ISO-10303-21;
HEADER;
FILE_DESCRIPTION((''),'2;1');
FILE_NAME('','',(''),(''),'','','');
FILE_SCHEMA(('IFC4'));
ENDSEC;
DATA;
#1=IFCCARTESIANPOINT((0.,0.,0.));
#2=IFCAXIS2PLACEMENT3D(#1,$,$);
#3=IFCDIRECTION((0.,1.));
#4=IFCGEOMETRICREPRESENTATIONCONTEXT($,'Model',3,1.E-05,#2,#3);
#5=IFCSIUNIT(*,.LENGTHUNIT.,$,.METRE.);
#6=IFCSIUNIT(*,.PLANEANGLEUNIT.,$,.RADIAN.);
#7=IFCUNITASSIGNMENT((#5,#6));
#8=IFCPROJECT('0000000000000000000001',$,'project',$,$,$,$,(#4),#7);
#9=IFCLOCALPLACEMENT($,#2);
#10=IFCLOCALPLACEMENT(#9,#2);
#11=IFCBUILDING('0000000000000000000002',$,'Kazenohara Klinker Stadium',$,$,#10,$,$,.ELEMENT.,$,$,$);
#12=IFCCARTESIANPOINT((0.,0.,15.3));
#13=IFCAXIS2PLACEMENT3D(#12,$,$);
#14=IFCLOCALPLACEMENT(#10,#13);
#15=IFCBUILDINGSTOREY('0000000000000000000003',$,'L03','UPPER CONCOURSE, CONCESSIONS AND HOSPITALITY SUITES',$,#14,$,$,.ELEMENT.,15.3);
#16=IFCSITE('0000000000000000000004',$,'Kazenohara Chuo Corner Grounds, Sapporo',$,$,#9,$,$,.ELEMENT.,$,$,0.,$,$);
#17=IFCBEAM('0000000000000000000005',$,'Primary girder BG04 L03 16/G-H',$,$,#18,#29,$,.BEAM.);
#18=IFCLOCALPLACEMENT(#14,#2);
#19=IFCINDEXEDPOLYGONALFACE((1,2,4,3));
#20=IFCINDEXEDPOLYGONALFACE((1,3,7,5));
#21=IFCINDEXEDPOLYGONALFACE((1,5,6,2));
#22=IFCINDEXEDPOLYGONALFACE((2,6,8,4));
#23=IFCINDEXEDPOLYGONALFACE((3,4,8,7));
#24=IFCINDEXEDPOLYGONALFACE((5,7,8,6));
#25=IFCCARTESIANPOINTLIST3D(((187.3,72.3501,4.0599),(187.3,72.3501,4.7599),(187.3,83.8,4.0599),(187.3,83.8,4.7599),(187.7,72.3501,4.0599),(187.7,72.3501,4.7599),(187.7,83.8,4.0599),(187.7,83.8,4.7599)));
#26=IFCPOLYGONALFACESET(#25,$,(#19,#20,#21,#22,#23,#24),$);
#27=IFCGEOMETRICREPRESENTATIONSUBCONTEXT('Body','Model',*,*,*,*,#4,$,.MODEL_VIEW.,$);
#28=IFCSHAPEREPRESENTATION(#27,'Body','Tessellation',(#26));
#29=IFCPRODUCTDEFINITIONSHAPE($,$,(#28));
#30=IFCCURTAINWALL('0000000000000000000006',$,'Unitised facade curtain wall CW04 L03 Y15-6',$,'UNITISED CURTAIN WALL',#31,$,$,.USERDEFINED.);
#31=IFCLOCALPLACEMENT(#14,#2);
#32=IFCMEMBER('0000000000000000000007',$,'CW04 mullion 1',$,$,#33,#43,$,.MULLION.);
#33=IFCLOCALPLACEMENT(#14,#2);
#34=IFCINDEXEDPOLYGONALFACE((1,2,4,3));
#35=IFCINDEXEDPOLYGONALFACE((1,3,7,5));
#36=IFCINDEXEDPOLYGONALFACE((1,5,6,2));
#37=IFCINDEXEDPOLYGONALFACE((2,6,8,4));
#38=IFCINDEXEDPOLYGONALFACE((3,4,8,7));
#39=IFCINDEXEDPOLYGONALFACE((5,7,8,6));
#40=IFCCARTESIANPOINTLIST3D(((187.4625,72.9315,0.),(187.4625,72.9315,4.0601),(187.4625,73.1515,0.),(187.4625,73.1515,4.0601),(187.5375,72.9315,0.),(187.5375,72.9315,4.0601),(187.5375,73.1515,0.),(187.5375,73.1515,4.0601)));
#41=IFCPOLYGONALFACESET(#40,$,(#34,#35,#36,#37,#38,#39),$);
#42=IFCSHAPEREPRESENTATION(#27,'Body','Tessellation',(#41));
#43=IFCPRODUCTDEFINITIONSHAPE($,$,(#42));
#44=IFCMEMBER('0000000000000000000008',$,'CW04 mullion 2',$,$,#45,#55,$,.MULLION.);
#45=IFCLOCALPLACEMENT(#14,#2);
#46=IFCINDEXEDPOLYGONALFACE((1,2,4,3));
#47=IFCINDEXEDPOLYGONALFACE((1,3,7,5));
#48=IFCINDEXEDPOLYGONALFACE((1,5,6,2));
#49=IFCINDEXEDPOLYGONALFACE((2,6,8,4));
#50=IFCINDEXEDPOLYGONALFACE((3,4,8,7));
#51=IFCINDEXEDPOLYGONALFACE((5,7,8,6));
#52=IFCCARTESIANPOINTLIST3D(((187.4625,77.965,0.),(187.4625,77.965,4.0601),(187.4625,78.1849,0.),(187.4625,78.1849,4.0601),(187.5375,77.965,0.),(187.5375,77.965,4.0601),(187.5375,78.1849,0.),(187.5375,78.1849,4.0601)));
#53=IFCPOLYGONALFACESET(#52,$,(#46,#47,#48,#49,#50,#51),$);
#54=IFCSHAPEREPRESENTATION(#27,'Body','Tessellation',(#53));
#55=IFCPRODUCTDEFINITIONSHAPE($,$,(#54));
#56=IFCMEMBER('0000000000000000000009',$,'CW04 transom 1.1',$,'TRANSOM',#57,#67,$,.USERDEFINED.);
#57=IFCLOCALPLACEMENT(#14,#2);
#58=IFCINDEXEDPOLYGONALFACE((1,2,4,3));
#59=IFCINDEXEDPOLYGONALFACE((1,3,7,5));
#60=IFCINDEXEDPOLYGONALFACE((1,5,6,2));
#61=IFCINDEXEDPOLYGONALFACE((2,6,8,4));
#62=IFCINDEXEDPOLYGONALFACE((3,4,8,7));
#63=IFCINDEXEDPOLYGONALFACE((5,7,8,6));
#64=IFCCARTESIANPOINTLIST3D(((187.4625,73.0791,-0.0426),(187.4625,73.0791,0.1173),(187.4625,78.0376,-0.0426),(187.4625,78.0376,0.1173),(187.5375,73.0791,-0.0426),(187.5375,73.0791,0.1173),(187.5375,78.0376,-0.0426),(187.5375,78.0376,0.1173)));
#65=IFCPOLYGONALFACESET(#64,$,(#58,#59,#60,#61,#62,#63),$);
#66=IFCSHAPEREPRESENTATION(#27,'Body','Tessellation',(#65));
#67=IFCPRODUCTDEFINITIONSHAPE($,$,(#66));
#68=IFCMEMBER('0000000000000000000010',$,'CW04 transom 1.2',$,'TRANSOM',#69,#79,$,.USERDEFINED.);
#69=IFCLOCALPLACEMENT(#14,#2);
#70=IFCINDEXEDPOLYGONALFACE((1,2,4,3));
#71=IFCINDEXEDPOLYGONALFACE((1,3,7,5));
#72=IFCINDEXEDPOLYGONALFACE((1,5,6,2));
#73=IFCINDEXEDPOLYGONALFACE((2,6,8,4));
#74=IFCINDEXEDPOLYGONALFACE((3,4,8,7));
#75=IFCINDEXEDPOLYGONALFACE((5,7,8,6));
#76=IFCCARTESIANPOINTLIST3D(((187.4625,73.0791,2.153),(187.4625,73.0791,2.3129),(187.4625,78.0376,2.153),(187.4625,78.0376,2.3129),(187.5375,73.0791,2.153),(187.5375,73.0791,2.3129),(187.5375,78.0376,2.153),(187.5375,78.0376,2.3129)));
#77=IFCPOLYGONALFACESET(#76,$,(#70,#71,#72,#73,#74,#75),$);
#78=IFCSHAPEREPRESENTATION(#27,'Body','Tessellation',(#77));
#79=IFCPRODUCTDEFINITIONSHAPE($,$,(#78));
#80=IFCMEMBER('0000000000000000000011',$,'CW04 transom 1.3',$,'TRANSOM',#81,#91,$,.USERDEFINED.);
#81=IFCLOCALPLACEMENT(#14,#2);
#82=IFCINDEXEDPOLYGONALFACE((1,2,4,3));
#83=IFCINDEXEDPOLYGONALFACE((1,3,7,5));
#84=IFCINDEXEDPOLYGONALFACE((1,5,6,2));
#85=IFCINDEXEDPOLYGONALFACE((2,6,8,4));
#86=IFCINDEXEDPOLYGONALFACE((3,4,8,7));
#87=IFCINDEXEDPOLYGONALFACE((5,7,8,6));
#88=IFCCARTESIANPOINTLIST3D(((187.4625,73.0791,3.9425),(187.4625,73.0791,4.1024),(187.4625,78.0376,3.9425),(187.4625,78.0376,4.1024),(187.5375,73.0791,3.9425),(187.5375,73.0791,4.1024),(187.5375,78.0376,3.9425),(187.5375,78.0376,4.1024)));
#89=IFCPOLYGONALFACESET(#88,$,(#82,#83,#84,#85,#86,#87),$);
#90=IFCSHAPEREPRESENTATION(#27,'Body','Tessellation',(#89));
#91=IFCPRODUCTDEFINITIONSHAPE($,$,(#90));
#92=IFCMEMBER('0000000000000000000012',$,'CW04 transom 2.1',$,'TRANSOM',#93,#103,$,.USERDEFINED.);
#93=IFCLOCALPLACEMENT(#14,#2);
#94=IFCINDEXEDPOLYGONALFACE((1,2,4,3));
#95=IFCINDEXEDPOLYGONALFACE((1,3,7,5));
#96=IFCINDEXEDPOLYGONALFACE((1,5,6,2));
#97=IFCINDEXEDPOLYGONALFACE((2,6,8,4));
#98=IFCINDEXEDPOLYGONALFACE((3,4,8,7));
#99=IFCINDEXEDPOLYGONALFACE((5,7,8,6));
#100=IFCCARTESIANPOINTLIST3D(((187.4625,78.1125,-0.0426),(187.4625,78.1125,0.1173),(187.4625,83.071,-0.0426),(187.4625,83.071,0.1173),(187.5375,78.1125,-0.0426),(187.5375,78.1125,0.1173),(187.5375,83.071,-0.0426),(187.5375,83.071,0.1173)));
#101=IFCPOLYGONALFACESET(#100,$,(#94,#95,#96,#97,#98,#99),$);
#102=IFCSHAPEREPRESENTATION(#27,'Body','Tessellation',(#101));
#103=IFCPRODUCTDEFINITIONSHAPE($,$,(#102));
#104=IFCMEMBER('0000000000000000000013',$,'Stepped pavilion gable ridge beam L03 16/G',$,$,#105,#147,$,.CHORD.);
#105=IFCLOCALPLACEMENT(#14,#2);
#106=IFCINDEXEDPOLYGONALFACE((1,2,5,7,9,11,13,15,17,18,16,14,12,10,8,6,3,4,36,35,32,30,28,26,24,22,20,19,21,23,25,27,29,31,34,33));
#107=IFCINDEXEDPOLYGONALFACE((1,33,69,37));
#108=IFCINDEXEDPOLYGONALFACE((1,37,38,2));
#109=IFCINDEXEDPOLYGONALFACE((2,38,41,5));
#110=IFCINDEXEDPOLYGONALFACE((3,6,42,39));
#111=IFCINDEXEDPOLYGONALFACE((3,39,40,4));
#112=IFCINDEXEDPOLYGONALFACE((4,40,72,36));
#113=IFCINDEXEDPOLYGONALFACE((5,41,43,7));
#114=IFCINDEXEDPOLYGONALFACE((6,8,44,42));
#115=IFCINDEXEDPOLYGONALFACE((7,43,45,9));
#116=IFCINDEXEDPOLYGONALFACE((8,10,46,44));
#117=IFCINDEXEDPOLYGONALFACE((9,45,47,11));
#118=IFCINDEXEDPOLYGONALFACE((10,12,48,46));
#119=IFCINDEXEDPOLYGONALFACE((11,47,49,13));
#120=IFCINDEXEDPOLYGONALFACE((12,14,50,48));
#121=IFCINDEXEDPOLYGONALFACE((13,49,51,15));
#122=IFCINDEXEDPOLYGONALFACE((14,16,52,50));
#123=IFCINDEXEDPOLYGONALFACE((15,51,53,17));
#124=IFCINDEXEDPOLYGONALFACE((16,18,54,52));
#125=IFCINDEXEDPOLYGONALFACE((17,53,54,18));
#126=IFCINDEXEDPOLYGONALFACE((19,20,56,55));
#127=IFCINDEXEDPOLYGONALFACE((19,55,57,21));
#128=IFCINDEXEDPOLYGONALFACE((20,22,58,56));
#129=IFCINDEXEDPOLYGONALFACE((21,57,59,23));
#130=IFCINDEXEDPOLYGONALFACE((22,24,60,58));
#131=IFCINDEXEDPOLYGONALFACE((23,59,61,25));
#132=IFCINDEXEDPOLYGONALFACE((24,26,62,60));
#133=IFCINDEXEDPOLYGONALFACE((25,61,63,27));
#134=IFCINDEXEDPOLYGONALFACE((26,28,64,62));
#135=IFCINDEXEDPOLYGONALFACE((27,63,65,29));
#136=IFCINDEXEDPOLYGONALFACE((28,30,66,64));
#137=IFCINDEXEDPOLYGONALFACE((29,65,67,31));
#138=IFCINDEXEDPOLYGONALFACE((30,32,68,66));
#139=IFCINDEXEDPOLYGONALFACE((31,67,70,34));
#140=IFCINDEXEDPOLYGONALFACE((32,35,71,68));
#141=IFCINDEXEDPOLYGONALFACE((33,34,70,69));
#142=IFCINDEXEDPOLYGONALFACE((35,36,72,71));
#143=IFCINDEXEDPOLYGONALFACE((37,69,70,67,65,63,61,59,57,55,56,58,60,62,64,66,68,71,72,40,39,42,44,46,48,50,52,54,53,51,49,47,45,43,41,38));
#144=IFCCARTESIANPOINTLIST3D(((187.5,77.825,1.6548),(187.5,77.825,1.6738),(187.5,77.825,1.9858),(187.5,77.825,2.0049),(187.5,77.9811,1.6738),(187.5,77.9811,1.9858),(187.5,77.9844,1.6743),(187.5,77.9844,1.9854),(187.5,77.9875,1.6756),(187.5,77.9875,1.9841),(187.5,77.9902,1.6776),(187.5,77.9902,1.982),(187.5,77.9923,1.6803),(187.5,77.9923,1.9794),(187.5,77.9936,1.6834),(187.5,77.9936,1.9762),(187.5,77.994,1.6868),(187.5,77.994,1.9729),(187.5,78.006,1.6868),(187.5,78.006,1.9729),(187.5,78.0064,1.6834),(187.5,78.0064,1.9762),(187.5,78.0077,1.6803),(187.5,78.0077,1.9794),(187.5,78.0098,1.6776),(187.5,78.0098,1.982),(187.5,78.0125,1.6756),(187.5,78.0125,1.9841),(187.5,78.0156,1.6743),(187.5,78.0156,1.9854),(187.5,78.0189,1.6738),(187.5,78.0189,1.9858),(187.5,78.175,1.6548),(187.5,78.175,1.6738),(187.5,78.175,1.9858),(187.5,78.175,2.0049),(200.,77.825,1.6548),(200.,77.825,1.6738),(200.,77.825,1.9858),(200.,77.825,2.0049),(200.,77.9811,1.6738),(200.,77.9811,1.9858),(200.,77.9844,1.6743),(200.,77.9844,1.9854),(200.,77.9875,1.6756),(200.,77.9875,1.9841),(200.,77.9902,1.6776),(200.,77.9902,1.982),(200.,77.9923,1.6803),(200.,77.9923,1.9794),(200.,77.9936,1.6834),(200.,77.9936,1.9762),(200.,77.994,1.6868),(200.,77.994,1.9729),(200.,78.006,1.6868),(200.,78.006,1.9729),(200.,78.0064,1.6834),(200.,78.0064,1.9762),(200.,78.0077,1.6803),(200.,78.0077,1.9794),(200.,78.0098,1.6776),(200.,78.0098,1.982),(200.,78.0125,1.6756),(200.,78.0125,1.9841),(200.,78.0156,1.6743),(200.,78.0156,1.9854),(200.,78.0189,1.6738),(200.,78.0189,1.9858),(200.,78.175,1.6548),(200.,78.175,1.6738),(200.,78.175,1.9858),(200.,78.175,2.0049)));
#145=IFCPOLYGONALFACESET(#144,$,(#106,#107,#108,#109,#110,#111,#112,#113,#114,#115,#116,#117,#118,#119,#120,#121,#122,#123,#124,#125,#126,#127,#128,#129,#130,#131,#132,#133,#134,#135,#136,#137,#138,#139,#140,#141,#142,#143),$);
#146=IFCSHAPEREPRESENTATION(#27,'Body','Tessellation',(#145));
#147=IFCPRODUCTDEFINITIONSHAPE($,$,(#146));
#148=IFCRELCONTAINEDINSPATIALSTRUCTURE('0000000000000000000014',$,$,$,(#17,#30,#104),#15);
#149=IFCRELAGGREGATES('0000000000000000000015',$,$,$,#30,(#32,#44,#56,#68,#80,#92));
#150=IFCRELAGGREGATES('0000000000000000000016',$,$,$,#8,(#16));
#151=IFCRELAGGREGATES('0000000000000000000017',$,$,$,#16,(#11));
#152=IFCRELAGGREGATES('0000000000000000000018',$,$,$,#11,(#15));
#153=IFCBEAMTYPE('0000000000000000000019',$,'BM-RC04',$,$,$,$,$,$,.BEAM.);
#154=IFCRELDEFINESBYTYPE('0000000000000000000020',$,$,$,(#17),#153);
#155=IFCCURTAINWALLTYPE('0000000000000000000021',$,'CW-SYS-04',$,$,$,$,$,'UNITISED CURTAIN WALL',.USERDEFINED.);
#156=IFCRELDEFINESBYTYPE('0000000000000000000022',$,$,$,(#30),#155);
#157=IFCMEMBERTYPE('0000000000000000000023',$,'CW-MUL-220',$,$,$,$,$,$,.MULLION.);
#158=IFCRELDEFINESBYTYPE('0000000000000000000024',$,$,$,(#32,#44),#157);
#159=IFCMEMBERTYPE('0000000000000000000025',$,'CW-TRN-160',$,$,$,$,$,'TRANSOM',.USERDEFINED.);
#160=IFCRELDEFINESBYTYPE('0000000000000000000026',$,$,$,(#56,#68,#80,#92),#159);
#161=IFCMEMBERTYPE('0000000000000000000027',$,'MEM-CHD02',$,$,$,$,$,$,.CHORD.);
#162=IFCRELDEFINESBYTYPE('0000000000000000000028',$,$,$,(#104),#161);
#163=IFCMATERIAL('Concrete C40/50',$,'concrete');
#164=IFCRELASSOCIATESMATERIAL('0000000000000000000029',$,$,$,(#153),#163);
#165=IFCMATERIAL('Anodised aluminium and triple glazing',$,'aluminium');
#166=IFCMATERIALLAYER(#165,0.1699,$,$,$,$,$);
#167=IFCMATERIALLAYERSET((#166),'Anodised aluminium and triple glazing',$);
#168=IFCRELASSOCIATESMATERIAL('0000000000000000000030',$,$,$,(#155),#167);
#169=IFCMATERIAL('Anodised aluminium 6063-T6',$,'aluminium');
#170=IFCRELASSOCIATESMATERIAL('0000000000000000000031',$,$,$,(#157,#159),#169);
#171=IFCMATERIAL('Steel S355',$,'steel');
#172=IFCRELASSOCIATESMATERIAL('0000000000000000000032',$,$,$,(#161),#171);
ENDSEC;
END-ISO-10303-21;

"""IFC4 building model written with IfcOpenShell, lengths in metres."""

from ifc_helpers import new_model, si_unit, direction, frame, origin, origin_2d, place, context, subcontext, project, spatial, rectangle, i_section, extrude, material, layer, layer_set, material_profile, profile_set, type_object, element, aggregate, save


model = new_model("IFC4")

# Units and contexts
model_context = context("Model", 3, precision=1e-05, world=origin(), true_north=direction((0.0, 1.0)))
body_context = subcontext(model_context, "Body", "Model", "MODEL_VIEW")
ifc_project = project(units=[si_unit("LENGTHUNIT", "METRE"), si_unit("PLANEANGLEUNIT", "RADIAN")], contexts=[model_context])

# Site, building, storey
site_placement = place(None, origin())
site = spatial("IfcSite", under=ifc_project, at=site_placement, Name="Kazenohara Chuo Corner Grounds, Sapporo", CompositionType="ELEMENT", RefElevation=0.0)
building_placement = place(site_placement, origin())
building = spatial("IfcBuilding", under=site, at=building_placement, Name="Kazenohara Klinker Stadium", CompositionType="ELEMENT")
storey_placement = place(building_placement, frame((0.0, 0.0, 15.3)))
storey = spatial("IfcBuildingStorey", under=building, at=storey_placement, Name="L03", Description="UPPER CONCOURSE, CONCESSIONS AND HOSPITALITY SUITES", CompositionType="ELEMENT", Elevation=15.3)

# Beam
ifc_material_1 = material(Name="Concrete C40/50", Category="concrete")
ifc_material_profile_1 = material_profile(ifc_material_1, rectangle(XDim=0.3999, YDim=0.7, at=origin_2d()), Name="RC-BM-400x700")
ifc_profile_set_1 = profile_set([ifc_material_profile_1], Name="Concrete C40/50")
beam_type_1 = type_object("IfcBeamType", Name="BM-RC04", PredefinedType="BEAM", material=ifc_profile_set_1)
beam_1_placement = place(storey_placement, frame((187.5, 72.3501, 4.4099), z_axis=(0.0, 1.0, 0.0), x_axis=(-1.0, 0.0, 0.0)))
element("IfcBeam", 1, at=beam_1_placement, inside=storey, type_object=beam_type_1, Name="Primary girder BG04 L03 16/G-H", PredefinedType="BEAM", context=body_context, shape_type="SweptSolid", body=[
    extrude(rectangle(XDim=0.3999, YDim=0.7, at=origin_2d()), origin(), (0.0, 0.0, 1.0), 11.45),
])

# Curtain wall, members
ifc_material_2 = material(Name="Anodised aluminium and triple glazing", Category="aluminium")
ifc_layer_1 = layer(ifc_material_2, 0.1699)
ifc_layer_set_1 = layer_set([ifc_layer_1], Name="Anodised aluminium and triple glazing")
curtain_wall_type = type_object("IfcCurtainWallType", Name="CW-SYS-04", ElementType="UNITISED CURTAIN WALL", PredefinedType="USERDEFINED", material=ifc_layer_set_1)
curtain_wall_placement = place(storey_placement, origin())
curtain_wall = element("IfcCurtainWall", 2, at=curtain_wall_placement, inside=storey, type_object=curtain_wall_type, Name="Unitised facade curtain wall CW04 L03 Y15-6", ObjectType="UNITISED CURTAIN WALL", PredefinedType="USERDEFINED")
ifc_material_3 = material(Name="Anodised aluminium 6063-T6", Category="aluminium")
ifc_material_profile_2 = material_profile(ifc_material_3, rectangle(XDim=0.075, YDim=0.22, at=origin_2d()), Name="ALU-MUL-75x220")
ifc_profile_set_2 = profile_set([ifc_material_profile_2], Name="Anodised aluminium 6063-T6")
member_type_1 = type_object("IfcMemberType", Name="CW-MUL-220", PredefinedType="MULLION", material=ifc_profile_set_2)
member_1_placement = place(storey_placement, frame((187.5, 73.0415, 0.0), z_axis=(0.0, 0.0, 1.0), x_axis=(-1.0, 0.0, 0.0)))
member_1 = element("IfcMember", 3, at=member_1_placement, type_object=member_type_1, Name="CW04 mullion 1", PredefinedType="MULLION", context=body_context, shape_type="SweptSolid", body=[
    extrude(rectangle(XDim=0.075, YDim=0.22, at=origin_2d()), origin(), (0.0, 0.0, 1.0), 4.0601),
])
member_2_placement = place(storey_placement, frame((187.5, 78.075, 0.0), z_axis=(0.0, 0.0, 1.0), x_axis=(-1.0, 0.0, 0.0)))
member_2 = element("IfcMember", 4, at=member_2_placement, type_object=member_type_1, Name="CW04 mullion 2", PredefinedType="MULLION", context=body_context, shape_type="SweptSolid", body=[
    extrude(rectangle(XDim=0.075, YDim=0.22, at=origin_2d()), origin(), (0.0, 0.0, 1.0), 4.0601),
])
ifc_material_profile_3 = material_profile(ifc_material_3, rectangle(XDim=0.075, YDim=0.1599, at=origin_2d()), Name="ALU-TRN-75x160")
ifc_profile_set_3 = profile_set([ifc_material_profile_3], Name="Anodised aluminium 6063-T6")
member_type_2 = type_object("IfcMemberType", Name="CW-TRN-160", ElementType="TRANSOM", PredefinedType="USERDEFINED", material=ifc_profile_set_3)
member_3_placement = place(storey_placement, frame((187.5, 73.0791, 0.0374), z_axis=(0.0, 1.0, 0.0), x_axis=(-1.0, 0.0, 0.0)))
member_3 = element("IfcMember", 5, at=member_3_placement, type_object=member_type_2, Name="CW04 transom 1.1", ObjectType="TRANSOM", PredefinedType="USERDEFINED", context=body_context, shape_type="SweptSolid", body=[
    extrude(rectangle(XDim=0.075, YDim=0.1599, at=origin_2d()), origin(), (0.0, 0.0, 1.0), 4.9585),
])
member_4_placement = place(storey_placement, frame((187.5, 73.0791, 2.2329), z_axis=(0.0, 1.0, 0.0), x_axis=(-1.0, 0.0, 0.0)))
member_4 = element("IfcMember", 6, at=member_4_placement, type_object=member_type_2, Name="CW04 transom 1.2", ObjectType="TRANSOM", PredefinedType="USERDEFINED", context=body_context, shape_type="SweptSolid", body=[
    extrude(rectangle(XDim=0.075, YDim=0.1599, at=origin_2d()), origin(), (0.0, 0.0, 1.0), 4.9585),
])
member_5_placement = place(storey_placement, frame((187.5, 73.0791, 4.0225), z_axis=(0.0, 1.0, 0.0), x_axis=(-1.0, 0.0, 0.0)))
member_5 = element("IfcMember", 7, at=member_5_placement, type_object=member_type_2, Name="CW04 transom 1.3", ObjectType="TRANSOM", PredefinedType="USERDEFINED", context=body_context, shape_type="SweptSolid", body=[
    extrude(rectangle(XDim=0.075, YDim=0.1599, at=origin_2d()), origin(), (0.0, 0.0, 1.0), 4.9585),
])
member_6_placement = place(storey_placement, frame((187.5, 78.1125, 0.0374), z_axis=(0.0, 1.0, 0.0), x_axis=(-1.0, 0.0, 0.0)))
member_6 = element("IfcMember", 8, at=member_6_placement, type_object=member_type_2, Name="CW04 transom 2.1", ObjectType="TRANSOM", PredefinedType="USERDEFINED", context=body_context, shape_type="SweptSolid", body=[
    extrude(rectangle(XDim=0.075, YDim=0.1599, at=origin_2d()), origin(), (0.0, 0.0, 1.0), 4.9585),
])

# Member
ifc_material_4 = material(Name="Steel S355", Category="steel")
ifc_material_profile_4 = material_profile(ifc_material_4, i_section(OverallWidth=0.3501, OverallDepth=0.3501, WebThickness=0.012, FlangeThickness=0.019, FilletRadius=0.0129, at=origin_2d()), Name="H-350x350x12x19")
ifc_profile_set_4 = profile_set([ifc_material_profile_4], Name="Steel S355")
member_type_3 = type_object("IfcMemberType", Name="MEM-CHD02", PredefinedType="CHORD", material=ifc_profile_set_4)
member_7_placement = place(storey_placement, frame((187.5, 78.0, 1.8298), z_axis=(1.0, 0.0, 0.0), x_axis=(0.0, 1.0, 0.0)))
element("IfcMember", 9, at=member_7_placement, inside=storey, type_object=member_type_3, Name="Stepped pavilion gable ridge beam L03 16/G", PredefinedType="CHORD", context=body_context, shape_type="SweptSolid", body=[
    extrude(i_section(OverallWidth=0.3501, OverallDepth=0.3501, WebThickness=0.012, FlangeThickness=0.019, FilletRadius=0.0129, at=origin_2d()), origin(), (0.0, 0.0, 1.0), 12.5),
])

aggregate(curtain_wall, [member_1, member_2, member_3, member_4, member_5, member_6])

save(model, "model.ifc")
